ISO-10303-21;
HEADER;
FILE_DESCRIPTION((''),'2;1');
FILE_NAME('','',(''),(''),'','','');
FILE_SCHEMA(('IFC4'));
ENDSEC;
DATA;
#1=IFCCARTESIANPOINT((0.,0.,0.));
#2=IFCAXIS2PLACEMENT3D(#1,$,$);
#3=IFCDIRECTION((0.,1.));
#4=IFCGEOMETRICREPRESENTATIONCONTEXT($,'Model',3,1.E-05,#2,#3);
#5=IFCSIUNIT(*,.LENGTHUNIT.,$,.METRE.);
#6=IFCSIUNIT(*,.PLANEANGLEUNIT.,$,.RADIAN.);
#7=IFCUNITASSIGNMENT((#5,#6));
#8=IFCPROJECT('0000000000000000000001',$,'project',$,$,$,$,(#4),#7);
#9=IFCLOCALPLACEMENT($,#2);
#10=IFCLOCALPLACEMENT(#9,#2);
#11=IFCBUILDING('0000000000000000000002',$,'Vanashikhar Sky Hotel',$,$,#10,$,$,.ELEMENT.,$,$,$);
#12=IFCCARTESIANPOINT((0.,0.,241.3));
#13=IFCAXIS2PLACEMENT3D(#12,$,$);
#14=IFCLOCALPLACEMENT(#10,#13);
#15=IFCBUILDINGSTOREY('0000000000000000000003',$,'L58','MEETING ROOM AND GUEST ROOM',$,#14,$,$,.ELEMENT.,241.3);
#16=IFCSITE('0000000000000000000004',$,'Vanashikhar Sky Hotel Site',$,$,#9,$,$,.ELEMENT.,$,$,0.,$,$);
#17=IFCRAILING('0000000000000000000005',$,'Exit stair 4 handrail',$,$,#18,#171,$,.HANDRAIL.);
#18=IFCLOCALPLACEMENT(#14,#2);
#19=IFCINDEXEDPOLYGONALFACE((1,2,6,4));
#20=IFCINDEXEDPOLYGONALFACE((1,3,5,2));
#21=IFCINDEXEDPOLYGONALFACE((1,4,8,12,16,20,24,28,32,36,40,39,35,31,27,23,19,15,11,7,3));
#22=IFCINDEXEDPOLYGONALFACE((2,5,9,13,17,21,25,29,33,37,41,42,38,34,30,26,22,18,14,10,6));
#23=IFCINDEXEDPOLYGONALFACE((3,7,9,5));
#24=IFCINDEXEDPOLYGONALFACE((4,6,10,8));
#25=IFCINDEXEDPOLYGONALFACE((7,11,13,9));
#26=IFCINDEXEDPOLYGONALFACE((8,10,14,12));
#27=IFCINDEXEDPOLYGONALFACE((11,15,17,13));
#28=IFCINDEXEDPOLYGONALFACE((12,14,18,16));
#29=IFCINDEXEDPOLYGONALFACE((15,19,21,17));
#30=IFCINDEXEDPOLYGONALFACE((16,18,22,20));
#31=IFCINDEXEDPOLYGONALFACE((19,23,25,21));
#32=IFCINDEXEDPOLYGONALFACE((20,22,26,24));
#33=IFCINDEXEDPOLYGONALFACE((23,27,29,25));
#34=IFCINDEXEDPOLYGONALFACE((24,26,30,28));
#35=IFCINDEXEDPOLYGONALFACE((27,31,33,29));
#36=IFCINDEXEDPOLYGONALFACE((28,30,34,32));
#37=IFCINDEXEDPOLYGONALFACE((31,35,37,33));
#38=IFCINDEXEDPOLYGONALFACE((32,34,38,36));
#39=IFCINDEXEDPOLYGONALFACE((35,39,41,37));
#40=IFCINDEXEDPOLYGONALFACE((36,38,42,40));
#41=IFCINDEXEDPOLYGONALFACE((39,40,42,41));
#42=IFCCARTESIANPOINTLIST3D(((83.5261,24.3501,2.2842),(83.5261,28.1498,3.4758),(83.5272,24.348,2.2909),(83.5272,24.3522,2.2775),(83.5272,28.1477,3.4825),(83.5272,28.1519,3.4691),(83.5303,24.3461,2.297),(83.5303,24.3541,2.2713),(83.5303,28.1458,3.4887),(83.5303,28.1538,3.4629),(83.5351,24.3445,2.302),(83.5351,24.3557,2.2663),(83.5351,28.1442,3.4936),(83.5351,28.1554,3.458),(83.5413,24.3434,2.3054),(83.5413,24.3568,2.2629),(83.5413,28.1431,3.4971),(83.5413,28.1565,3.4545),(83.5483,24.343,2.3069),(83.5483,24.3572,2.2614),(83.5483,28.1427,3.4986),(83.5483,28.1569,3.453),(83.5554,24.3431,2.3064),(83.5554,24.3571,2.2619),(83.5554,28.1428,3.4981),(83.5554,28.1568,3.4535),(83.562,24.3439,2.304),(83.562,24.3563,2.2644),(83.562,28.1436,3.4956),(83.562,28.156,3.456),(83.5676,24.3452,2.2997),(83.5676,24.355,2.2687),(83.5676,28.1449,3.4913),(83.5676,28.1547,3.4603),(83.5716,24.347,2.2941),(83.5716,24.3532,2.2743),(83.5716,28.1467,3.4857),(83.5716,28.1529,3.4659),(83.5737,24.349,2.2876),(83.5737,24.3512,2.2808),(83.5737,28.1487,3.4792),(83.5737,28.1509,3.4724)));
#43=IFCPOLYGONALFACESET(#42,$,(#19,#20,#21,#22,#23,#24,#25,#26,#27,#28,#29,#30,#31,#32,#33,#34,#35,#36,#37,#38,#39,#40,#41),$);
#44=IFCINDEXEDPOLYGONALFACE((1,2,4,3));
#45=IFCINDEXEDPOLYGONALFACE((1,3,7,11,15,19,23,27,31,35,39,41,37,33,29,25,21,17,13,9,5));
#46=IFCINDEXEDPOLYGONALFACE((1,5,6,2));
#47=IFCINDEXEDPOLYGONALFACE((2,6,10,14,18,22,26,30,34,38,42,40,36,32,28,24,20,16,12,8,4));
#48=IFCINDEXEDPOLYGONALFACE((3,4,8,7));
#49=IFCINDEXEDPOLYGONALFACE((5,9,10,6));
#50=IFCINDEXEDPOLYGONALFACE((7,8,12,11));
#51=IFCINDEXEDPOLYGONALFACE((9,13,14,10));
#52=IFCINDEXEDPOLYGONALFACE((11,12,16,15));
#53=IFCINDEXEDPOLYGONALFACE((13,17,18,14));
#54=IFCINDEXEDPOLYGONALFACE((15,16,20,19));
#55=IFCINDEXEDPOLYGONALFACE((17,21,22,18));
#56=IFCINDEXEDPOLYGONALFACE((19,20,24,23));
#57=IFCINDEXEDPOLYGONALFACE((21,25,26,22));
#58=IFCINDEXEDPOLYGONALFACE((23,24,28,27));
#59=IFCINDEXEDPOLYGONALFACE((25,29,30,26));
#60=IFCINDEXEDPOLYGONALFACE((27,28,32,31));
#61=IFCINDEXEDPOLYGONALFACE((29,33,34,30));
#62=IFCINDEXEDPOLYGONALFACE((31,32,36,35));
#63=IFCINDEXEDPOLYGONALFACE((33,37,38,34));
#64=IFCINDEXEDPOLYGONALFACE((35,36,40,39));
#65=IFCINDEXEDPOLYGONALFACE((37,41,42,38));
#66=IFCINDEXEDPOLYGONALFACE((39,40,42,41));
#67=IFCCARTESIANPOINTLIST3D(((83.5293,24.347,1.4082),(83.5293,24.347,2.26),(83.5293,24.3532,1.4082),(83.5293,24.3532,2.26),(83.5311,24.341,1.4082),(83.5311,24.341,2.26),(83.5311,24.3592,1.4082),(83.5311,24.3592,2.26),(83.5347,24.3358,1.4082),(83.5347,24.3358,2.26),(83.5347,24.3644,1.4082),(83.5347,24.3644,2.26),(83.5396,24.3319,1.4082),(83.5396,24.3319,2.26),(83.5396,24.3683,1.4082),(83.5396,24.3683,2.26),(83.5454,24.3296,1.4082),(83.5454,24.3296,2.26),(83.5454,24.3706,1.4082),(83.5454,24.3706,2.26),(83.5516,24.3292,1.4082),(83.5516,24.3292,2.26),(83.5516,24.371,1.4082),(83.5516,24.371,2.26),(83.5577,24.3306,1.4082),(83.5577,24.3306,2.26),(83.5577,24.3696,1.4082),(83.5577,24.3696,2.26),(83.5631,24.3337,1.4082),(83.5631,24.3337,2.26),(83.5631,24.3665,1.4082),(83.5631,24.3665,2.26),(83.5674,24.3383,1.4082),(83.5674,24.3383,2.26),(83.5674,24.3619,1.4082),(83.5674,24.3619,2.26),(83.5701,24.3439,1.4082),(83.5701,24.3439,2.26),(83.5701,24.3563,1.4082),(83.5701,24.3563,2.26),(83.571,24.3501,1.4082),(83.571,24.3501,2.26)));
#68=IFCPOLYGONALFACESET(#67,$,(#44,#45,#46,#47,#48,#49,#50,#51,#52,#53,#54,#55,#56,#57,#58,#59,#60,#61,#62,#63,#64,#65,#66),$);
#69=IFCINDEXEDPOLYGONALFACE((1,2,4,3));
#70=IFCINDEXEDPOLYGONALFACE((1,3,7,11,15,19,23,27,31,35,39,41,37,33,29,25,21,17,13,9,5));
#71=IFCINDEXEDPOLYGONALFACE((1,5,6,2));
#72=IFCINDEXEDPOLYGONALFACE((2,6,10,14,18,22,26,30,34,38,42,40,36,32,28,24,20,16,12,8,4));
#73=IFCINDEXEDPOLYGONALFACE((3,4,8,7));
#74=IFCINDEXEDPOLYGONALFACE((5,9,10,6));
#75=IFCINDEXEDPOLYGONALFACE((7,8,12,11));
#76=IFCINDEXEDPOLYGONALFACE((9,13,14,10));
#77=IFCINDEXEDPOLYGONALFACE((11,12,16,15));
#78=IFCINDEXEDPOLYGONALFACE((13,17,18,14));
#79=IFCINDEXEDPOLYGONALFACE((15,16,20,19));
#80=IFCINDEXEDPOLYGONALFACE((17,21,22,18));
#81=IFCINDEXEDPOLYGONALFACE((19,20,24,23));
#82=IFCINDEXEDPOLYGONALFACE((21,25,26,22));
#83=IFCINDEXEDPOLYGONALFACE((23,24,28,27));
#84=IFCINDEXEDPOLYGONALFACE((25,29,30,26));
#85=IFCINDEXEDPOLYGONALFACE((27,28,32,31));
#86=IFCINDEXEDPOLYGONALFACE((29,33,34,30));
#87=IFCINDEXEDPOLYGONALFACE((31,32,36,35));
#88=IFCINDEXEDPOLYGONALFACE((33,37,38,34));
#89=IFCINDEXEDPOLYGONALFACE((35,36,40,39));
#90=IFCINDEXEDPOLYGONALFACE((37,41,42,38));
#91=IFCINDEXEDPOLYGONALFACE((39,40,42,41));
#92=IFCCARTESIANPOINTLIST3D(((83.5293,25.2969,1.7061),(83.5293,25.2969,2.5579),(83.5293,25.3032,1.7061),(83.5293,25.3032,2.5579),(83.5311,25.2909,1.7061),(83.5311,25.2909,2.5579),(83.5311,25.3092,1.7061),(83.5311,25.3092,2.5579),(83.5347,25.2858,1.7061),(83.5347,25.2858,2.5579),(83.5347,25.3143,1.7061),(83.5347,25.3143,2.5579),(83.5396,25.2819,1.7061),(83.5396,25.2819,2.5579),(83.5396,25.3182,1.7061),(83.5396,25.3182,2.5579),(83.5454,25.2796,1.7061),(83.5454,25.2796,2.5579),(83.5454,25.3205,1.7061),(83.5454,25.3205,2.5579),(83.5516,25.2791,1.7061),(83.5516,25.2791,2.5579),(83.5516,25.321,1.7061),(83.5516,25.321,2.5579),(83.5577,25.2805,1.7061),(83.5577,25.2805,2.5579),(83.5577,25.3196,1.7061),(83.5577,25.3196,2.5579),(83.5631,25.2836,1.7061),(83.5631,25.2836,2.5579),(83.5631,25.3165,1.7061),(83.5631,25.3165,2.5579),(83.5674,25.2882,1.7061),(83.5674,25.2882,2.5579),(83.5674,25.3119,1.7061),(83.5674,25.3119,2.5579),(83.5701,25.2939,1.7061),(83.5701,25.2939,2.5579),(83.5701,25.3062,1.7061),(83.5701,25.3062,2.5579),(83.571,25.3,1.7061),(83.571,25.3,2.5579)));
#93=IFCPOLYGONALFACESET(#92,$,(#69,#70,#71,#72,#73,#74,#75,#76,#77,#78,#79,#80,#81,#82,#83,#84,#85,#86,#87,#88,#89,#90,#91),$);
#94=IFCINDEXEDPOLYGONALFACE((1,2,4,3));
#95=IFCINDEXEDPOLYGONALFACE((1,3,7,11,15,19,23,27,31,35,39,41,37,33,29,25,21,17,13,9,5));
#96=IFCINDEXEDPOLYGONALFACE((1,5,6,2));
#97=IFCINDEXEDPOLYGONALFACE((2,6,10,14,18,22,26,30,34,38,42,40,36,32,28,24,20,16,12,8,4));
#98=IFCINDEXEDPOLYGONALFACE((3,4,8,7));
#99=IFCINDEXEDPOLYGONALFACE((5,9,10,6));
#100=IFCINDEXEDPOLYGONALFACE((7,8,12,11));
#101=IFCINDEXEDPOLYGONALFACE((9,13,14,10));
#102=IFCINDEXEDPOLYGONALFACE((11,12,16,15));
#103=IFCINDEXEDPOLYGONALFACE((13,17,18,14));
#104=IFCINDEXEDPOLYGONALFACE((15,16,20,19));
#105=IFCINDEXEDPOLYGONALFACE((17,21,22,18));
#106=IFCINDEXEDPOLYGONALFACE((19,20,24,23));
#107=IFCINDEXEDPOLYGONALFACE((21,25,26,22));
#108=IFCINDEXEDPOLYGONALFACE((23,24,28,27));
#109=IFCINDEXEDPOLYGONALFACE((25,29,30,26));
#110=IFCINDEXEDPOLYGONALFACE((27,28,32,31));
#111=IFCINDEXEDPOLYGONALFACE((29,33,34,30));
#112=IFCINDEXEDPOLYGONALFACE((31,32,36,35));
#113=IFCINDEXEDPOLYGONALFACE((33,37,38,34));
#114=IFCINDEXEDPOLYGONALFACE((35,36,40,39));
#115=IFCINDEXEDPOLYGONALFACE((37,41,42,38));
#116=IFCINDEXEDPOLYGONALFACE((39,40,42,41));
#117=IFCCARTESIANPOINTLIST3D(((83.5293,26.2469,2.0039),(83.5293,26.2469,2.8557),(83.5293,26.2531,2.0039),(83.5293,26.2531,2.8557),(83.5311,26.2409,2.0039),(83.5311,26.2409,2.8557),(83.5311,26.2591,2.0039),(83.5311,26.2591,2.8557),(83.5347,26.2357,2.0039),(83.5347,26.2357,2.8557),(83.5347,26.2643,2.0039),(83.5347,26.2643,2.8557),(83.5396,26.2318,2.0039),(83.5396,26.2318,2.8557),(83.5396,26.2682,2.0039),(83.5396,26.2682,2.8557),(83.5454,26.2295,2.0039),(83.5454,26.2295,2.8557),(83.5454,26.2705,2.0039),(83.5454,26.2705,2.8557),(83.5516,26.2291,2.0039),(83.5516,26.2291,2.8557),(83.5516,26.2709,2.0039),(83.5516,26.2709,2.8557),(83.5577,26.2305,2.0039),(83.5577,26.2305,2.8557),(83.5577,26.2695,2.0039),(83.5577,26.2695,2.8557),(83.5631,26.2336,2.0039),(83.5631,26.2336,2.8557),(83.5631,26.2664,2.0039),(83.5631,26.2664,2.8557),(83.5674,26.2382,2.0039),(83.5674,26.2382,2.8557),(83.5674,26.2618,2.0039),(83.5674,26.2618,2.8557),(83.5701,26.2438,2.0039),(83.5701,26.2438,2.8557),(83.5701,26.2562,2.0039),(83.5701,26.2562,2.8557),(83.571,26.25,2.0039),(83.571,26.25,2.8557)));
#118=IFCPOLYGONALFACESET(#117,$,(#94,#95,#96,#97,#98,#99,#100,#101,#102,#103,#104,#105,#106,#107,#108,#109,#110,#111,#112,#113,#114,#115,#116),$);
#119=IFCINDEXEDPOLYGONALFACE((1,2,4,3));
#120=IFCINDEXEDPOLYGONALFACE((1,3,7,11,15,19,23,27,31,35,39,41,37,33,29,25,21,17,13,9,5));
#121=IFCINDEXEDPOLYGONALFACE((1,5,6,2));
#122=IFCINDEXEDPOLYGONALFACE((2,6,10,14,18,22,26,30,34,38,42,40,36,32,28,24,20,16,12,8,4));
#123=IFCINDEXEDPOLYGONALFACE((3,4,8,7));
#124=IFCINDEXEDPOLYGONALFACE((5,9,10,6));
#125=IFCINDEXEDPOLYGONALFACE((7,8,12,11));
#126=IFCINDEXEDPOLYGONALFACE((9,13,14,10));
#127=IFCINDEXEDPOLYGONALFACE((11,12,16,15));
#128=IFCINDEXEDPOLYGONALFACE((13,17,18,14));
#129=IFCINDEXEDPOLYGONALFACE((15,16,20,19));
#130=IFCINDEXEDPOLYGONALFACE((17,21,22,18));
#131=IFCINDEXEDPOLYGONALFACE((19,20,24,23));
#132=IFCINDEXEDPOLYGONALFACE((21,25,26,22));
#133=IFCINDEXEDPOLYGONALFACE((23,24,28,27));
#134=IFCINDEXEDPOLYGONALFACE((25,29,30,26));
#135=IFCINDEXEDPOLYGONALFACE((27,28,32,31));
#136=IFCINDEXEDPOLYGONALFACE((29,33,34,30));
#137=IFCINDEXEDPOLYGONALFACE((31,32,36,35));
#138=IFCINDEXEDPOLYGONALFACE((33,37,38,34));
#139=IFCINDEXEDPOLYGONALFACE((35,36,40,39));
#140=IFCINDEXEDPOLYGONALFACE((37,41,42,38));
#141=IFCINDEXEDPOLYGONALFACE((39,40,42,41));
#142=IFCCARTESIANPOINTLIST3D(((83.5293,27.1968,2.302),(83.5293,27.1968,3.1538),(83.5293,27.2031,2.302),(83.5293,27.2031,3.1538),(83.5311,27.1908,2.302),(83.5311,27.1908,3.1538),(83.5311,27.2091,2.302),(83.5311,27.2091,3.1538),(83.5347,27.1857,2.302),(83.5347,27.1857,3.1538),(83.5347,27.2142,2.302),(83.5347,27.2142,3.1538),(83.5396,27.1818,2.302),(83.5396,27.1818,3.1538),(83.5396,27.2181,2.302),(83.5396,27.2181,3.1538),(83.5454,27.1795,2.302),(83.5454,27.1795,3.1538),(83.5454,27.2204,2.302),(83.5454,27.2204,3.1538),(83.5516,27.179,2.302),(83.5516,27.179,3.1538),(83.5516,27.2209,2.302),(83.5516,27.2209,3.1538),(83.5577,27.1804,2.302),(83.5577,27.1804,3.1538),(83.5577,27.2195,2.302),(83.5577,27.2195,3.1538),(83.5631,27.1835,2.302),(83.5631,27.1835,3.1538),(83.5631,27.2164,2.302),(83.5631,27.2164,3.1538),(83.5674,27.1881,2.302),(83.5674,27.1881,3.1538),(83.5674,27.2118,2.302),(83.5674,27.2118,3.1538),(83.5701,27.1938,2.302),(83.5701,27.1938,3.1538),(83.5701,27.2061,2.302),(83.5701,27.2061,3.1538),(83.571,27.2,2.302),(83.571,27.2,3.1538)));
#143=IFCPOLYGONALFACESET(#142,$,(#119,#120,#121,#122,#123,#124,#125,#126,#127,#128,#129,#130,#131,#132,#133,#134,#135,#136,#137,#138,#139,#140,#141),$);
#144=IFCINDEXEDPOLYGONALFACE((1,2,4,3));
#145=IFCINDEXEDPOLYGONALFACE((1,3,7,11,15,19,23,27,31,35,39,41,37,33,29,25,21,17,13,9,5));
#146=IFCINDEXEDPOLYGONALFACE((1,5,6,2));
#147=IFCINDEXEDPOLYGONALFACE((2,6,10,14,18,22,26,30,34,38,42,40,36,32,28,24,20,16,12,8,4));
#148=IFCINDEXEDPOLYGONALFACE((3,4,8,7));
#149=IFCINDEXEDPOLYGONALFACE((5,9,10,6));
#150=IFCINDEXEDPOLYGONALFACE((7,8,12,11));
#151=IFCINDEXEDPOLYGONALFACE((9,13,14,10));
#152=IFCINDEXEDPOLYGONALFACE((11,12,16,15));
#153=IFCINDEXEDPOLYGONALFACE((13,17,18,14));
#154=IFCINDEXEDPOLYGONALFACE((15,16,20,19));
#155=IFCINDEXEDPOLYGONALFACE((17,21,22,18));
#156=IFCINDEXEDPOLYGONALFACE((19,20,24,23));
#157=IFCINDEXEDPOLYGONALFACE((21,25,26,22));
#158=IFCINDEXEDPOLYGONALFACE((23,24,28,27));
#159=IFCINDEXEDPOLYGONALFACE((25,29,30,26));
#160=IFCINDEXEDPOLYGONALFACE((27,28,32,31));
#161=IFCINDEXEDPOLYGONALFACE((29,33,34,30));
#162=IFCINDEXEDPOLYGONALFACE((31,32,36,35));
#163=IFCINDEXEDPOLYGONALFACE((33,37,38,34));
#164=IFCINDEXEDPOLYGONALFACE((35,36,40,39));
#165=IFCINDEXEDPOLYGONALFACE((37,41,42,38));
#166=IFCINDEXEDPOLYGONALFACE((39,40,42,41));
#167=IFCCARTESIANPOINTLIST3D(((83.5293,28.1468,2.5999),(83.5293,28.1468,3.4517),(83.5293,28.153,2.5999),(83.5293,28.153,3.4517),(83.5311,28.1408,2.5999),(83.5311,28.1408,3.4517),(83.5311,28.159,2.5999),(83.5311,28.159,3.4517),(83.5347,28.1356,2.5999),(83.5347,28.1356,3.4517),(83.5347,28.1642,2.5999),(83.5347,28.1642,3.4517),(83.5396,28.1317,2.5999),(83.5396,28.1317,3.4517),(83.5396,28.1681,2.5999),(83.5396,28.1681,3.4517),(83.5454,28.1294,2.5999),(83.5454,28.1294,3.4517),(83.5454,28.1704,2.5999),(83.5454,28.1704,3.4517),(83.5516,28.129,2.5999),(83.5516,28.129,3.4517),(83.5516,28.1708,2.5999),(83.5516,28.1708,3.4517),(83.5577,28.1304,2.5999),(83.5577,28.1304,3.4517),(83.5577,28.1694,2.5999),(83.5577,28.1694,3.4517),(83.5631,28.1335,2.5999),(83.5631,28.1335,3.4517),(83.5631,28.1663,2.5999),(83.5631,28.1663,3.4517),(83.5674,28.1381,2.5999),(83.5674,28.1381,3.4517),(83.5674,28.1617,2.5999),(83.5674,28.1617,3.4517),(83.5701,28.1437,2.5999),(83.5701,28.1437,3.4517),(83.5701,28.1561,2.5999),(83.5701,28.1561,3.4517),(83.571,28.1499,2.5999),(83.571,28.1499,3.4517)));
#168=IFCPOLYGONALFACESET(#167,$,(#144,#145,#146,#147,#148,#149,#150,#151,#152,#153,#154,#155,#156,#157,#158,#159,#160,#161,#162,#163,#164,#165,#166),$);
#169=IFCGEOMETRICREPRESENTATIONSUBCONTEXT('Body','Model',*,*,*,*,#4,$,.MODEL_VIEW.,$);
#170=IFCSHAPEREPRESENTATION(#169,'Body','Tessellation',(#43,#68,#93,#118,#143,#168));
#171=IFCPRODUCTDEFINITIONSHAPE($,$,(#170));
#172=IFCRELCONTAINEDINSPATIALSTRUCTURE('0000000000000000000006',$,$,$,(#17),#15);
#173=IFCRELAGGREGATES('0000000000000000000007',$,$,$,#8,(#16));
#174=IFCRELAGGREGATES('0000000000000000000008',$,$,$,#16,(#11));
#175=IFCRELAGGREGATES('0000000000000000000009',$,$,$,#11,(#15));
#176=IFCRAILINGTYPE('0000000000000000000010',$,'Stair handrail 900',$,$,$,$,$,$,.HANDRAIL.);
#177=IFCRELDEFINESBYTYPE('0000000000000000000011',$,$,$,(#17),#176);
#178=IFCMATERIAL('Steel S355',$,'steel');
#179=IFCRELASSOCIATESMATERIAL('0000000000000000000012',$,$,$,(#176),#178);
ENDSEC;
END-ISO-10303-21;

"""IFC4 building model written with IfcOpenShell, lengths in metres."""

from ifc_helpers import new_model, si_unit, direction, frame, origin, origin_2d, place, context, subcontext, project, spatial, circle, extrude, source, transform, mapped, material, type_object, element, save


model = new_model("IFC4")

# Units and contexts
model_context = context("Model", 3, precision=1e-05, world=origin(), true_north=direction((0.0, 1.0)))
body_context = subcontext(model_context, "Body", "Model", "MODEL_VIEW")
ifc_project = project(units=[si_unit("LENGTHUNIT", "METRE"), si_unit("PLANEANGLEUNIT", "RADIAN")], contexts=[model_context])

# Site, building, storey
site_placement = place(None, origin())
site = spatial("IfcSite", under=ifc_project, at=site_placement, Name="Vanashikhar Sky Hotel Site", CompositionType="ELEMENT", RefElevation=0.0)
building_placement = place(site_placement, origin())
building = spatial("IfcBuilding", under=site, at=building_placement, Name="Vanashikhar Sky Hotel", CompositionType="ELEMENT")
storey_placement = place(building_placement, frame((0.0, 0.0, 241.3)))
storey = spatial("IfcBuildingStorey", under=building, at=storey_placement, Name="L58", Description="MEETING ROOM AND GUEST ROOM", CompositionType="ELEMENT", Elevation=241.3)

# Railing
ifc_material_1 = material(Name="Steel S355", Category="steel")
railing_type_1 = type_object("IfcRailingType", Name="Stair handrail 900", PredefinedType="HANDRAIL", material=ifc_material_1)
shared_shape_1 = source(origin(), body_context, "Body", "SweptSolid", [
    extrude(circle(Radius=0.0239, at=origin_2d()), frame((0.0, 0.0, 0.876), z_axis=(0.0, 0.954178, 0.299238), x_axis=(-1.0, 0.0, 0.0)), (0.0, 0.0, 1.0), 3.9822),
    extrude(circle(Radius=0.021, at=origin_2d()), origin(), (0.0, 0.0, 1.0), 0.8518),
    extrude(circle(Radius=0.021, at=origin_2d()), frame((0.0, 0.95, 0.2979)), (0.0, 0.0, 1.0), 0.8518),
    extrude(circle(Radius=0.021, at=origin_2d()), frame((0.0, 1.8999, 0.5957)), (0.0, 0.0, 1.0), 0.8518),
    extrude(circle(Radius=0.021, at=origin_2d()), frame((0.0, 2.8499, 0.8938)), (0.0, 0.0, 1.0), 0.8518),
    extrude(circle(Radius=0.021, at=origin_2d()), frame((0.0, 3.7998, 1.1917)), (0.0, 0.0, 1.0), 0.8518),
])
railing_1_placement = place(storey_placement, frame((83.55, 24.3501, 1.4082)))
element("IfcRailing", 1, at=railing_1_placement, inside=storey, type_object=railing_type_1, Name="Exit stair 4 handrail", PredefinedType="HANDRAIL", context=body_context, shape_type="MappedRepresentation", body=[
    mapped(shared_shape_1, transform((0.0, 0.0, 0.0), scale=1.0)),
])

save(model, "model.ifc")
